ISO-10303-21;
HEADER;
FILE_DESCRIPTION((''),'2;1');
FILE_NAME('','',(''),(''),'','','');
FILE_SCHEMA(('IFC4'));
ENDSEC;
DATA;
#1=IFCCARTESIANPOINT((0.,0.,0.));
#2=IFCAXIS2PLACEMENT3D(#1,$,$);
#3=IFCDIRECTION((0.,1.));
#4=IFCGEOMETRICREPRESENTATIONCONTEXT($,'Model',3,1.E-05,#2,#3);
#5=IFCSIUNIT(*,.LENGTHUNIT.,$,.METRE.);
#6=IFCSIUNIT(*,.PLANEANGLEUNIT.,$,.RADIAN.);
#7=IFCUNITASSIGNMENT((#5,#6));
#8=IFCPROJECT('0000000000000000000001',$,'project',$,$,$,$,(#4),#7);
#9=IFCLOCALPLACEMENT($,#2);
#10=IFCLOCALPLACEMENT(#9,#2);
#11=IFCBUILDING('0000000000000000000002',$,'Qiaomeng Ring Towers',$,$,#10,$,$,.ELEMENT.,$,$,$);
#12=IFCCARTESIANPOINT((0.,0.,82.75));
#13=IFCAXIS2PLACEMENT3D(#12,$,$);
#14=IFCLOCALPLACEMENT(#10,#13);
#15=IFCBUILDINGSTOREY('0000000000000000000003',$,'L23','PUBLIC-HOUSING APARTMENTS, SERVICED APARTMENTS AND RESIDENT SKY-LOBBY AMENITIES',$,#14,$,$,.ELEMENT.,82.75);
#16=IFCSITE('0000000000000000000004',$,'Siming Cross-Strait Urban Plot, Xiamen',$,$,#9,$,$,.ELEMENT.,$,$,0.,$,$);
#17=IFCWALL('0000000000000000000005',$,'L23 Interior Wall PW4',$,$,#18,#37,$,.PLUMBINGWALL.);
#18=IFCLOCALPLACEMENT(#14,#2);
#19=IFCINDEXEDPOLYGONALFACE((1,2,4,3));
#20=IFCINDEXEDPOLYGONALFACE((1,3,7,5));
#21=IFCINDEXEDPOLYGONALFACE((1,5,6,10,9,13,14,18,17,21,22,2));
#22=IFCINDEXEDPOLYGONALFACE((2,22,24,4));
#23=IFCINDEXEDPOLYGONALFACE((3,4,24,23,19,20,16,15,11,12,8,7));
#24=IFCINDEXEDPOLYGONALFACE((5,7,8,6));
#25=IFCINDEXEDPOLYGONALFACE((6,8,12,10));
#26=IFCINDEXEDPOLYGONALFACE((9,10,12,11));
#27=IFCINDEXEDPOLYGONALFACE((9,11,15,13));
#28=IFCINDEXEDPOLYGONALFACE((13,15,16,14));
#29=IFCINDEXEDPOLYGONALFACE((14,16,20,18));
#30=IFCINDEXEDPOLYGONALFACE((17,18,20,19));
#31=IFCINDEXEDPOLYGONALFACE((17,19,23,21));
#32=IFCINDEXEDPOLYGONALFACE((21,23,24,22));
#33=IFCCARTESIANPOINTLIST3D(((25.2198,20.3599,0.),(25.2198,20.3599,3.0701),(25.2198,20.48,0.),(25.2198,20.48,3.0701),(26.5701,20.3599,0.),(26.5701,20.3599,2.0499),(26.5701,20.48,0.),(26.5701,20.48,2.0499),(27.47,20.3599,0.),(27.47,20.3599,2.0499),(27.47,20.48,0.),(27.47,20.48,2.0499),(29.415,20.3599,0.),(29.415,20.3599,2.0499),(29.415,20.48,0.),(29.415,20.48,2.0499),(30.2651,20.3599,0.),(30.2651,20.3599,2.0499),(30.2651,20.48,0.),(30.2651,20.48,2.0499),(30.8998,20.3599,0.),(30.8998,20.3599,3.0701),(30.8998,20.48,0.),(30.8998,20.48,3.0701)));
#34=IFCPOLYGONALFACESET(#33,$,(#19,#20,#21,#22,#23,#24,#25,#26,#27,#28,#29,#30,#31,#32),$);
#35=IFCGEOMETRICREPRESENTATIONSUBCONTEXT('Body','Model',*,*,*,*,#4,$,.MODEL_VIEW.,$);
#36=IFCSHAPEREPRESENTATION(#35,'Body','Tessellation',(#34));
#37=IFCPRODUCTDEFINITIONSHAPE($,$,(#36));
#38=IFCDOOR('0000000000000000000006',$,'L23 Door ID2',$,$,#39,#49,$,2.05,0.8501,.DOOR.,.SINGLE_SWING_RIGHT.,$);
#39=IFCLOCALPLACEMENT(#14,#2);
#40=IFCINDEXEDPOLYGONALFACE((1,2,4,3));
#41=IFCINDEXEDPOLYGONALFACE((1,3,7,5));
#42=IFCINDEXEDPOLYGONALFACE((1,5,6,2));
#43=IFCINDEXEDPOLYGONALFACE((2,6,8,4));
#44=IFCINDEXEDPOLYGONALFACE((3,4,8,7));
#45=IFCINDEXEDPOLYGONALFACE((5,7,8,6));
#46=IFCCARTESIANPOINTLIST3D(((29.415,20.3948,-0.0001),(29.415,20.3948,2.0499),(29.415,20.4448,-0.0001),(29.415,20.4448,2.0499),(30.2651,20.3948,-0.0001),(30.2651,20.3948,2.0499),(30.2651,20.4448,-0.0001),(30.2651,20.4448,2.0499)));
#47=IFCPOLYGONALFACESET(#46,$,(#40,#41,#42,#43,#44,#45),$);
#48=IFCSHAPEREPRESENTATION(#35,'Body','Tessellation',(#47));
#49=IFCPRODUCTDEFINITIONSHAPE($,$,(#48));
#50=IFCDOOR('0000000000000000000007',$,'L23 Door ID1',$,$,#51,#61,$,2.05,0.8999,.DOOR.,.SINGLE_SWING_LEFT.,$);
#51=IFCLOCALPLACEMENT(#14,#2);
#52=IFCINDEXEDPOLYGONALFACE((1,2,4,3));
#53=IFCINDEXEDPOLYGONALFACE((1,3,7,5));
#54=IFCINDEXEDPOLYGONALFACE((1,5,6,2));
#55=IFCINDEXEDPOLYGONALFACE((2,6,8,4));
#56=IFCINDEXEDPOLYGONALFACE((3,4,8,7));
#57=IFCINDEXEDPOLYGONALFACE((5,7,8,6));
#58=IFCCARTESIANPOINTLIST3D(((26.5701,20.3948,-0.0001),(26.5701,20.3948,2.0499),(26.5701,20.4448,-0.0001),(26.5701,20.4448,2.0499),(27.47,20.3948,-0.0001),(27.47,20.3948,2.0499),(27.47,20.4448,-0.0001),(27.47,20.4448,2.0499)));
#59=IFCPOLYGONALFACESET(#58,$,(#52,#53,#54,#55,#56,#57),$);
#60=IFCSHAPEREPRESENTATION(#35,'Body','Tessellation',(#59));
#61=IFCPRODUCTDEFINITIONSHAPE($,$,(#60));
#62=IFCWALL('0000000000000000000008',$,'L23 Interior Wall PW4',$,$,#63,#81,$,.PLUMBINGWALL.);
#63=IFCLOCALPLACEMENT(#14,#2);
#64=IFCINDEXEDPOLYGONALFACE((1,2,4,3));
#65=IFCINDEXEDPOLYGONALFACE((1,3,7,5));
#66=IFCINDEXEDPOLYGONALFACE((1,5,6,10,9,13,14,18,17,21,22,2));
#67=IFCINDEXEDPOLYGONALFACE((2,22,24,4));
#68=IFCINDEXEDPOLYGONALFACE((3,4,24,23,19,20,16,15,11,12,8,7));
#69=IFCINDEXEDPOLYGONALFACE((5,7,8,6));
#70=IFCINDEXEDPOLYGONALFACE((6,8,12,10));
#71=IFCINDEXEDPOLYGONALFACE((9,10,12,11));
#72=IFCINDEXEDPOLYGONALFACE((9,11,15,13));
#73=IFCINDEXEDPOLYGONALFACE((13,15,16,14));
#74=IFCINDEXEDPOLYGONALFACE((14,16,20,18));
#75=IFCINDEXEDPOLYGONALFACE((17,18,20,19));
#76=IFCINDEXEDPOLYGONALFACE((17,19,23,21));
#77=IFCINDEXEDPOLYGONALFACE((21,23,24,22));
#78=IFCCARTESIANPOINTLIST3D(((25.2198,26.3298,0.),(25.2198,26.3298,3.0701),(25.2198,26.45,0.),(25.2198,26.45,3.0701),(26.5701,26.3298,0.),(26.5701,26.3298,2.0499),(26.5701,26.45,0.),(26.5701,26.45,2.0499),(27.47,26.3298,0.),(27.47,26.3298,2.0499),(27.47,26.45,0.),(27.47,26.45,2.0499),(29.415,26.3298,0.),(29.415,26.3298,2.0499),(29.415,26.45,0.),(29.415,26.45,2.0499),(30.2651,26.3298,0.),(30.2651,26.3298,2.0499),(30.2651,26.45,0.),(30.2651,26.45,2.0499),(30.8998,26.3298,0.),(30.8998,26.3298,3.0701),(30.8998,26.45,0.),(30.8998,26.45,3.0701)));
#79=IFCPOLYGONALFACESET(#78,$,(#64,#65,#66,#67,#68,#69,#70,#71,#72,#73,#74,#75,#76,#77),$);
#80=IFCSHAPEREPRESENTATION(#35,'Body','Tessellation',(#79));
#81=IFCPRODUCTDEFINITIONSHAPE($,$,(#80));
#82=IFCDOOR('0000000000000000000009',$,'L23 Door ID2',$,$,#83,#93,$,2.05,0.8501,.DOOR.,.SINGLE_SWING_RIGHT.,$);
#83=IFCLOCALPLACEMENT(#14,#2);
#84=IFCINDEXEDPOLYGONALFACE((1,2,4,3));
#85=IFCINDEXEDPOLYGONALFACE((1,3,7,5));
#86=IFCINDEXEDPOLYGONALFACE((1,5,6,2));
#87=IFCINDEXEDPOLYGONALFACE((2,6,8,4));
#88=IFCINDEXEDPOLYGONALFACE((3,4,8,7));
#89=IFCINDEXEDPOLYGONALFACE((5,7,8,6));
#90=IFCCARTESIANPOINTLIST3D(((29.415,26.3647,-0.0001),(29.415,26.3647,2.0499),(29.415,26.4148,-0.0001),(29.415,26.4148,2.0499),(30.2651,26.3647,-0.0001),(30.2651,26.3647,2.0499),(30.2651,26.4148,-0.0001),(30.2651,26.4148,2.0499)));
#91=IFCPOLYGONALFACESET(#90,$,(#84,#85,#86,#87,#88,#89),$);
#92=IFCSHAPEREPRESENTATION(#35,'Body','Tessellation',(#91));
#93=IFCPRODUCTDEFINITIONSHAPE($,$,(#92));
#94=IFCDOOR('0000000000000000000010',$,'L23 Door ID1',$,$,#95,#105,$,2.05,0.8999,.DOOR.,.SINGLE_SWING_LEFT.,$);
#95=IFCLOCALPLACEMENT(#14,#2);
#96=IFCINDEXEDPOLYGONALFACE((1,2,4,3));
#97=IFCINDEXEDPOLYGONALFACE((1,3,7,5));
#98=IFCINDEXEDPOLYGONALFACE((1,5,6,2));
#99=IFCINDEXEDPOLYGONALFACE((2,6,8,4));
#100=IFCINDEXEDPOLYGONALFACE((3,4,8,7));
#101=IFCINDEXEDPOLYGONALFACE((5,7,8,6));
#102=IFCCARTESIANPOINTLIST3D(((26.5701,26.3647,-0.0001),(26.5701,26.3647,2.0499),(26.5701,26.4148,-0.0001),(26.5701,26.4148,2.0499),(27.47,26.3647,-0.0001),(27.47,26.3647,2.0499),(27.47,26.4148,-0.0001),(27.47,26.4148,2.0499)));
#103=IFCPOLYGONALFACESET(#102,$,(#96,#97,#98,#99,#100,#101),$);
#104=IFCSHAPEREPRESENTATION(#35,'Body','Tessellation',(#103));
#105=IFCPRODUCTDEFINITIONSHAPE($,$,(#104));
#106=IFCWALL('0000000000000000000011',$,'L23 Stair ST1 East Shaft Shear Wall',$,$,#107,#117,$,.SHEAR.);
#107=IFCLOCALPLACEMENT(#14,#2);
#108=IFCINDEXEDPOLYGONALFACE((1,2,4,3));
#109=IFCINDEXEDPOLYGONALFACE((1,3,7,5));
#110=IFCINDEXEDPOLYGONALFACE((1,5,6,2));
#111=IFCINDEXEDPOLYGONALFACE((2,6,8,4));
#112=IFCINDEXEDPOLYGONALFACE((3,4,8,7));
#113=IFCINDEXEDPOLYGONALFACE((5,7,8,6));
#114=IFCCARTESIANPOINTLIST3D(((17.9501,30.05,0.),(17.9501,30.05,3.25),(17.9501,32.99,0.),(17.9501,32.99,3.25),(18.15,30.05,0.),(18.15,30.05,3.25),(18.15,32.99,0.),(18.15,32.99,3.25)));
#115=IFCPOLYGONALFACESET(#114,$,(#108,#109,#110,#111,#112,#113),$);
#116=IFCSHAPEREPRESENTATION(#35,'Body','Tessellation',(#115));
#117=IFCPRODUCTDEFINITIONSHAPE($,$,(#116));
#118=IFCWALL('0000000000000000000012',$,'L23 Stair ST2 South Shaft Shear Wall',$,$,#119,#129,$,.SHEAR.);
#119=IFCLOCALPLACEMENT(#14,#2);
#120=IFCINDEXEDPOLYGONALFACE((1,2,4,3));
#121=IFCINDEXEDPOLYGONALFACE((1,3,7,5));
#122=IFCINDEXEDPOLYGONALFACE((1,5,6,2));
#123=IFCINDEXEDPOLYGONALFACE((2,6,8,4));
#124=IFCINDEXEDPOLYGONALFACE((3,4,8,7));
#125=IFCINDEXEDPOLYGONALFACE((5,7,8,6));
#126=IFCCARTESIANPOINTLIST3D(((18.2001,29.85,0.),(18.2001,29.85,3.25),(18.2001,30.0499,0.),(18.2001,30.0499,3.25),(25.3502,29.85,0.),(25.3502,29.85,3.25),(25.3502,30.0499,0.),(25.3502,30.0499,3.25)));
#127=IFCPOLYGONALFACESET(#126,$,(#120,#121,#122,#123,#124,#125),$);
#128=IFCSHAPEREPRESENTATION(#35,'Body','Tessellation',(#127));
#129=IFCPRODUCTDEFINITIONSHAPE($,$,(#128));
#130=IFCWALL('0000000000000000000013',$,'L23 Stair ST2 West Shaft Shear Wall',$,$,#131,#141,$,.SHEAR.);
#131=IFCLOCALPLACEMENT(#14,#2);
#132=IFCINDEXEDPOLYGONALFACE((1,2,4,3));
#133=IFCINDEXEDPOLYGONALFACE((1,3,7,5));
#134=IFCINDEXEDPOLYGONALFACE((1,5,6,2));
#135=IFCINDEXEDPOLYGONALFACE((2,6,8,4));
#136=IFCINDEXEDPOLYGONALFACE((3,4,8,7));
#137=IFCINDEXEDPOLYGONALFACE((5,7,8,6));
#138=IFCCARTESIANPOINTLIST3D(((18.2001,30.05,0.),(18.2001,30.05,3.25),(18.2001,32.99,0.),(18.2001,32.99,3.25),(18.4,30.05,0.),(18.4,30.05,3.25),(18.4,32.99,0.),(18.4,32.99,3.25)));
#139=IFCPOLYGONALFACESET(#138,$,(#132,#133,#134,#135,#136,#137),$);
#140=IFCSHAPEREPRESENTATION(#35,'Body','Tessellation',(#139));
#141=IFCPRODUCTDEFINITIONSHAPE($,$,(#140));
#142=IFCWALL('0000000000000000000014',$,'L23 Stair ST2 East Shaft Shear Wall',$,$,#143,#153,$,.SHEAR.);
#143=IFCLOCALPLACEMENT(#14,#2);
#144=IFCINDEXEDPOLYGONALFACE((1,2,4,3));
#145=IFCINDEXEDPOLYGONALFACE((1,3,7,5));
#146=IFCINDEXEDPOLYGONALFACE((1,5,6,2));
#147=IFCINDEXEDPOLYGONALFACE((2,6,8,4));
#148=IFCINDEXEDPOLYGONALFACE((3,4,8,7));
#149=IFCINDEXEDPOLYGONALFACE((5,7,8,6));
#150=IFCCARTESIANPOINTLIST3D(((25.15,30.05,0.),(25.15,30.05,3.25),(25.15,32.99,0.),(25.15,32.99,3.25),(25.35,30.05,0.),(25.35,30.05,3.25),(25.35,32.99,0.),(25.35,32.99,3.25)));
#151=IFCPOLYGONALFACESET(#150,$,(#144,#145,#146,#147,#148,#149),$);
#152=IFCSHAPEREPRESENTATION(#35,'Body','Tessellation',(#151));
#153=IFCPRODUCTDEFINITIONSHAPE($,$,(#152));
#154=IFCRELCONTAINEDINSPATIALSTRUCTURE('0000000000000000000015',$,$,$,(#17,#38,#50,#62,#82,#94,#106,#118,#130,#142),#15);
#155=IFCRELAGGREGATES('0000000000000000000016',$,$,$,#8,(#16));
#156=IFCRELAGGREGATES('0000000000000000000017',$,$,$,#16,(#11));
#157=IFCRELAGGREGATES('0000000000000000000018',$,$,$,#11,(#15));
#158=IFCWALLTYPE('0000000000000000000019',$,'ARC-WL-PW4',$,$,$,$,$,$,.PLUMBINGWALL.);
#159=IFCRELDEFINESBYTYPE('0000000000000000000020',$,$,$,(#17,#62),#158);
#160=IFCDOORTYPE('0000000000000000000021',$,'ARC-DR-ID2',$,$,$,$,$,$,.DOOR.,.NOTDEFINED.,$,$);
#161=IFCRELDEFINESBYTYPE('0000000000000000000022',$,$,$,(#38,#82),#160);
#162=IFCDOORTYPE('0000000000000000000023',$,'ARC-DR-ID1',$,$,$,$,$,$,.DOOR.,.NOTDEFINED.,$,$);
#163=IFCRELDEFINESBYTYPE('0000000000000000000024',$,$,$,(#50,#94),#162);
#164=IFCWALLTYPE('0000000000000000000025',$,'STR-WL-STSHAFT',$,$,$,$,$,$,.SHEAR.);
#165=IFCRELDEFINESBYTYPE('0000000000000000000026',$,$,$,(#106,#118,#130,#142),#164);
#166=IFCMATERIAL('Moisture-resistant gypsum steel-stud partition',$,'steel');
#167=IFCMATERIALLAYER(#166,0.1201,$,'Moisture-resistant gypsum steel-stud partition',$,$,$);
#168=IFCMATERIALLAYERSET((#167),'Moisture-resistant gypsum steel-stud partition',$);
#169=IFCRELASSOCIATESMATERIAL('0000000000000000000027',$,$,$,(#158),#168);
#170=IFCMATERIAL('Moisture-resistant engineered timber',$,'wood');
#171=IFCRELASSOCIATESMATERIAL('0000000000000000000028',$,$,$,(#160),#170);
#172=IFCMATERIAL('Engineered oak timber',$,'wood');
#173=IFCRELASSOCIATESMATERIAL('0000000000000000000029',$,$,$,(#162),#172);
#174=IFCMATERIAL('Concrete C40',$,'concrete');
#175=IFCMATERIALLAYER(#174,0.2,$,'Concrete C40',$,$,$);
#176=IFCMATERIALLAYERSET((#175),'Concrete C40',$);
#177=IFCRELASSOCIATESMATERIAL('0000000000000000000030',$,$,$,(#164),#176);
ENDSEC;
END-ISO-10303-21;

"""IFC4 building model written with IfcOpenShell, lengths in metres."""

from ifc_helpers import new_model, si_unit, direction, frame, frame_2d, origin, place, context, subcontext, project, spatial, rectangle, extrude, source, transform, mapped, material, layer, layer_set, type_object, element, fill, save


model = new_model("IFC4")

# Units and contexts
model_context = context("Model", 3, precision=1e-05, world=origin(), true_north=direction((0.0, 1.0)))
body_context = subcontext(model_context, "Body", "Model", "MODEL_VIEW")
ifc_project = project(units=[si_unit("LENGTHUNIT", "METRE"), si_unit("PLANEANGLEUNIT", "RADIAN")], contexts=[model_context])

# Site, building, storey
site_placement = place(None, origin())
site = spatial("IfcSite", under=ifc_project, at=site_placement, Name="Siming Cross-Strait Urban Plot, Xiamen", CompositionType="ELEMENT", RefElevation=0.0)
building_placement = place(site_placement, origin())
building = spatial("IfcBuilding", under=site, at=building_placement, Name="Qiaomeng Ring Towers", CompositionType="ELEMENT")
storey_placement = place(building_placement, frame((0.0, 0.0, 82.75)))
storey = spatial("IfcBuildingStorey", under=building, at=storey_placement, Name="L23", Description="PUBLIC-HOUSING APARTMENTS, SERVICED APARTMENTS AND RESIDENT SKY-LOBBY AMENITIES", CompositionType="ELEMENT", Elevation=82.75)

# Walls, openings, doors
ifc_material_1 = material(Name="Moisture-resistant gypsum steel-stud partition", Category="steel")
ifc_layer_1 = layer(ifc_material_1, 0.1201, Name="Moisture-resistant gypsum steel-stud partition")
ifc_layer_set_1 = layer_set([ifc_layer_1], Name="Moisture-resistant gypsum steel-stud partition")
wall_type_1 = type_object("IfcWallType", Name="ARC-WL-PW4", PredefinedType="PLUMBINGWALL", material=ifc_layer_set_1)
wall_1_placement = place(storey_placement, frame((25.22, 20.4199, 0.0), z_axis=(0.0, 0.0, 1.0), x_axis=(1.0, 0.0, 0.0)))
wall_1 = element("IfcWall", 1, at=wall_1_placement, inside=storey, type_object=wall_type_1, Name="L23 Interior Wall PW4", PredefinedType="PLUMBINGWALL", context=body_context, shape_type="SweptSolid", body=[
    extrude(rectangle(XDim=5.6799, YDim=0.1201, at=frame_2d((2.8398, 0.0))), origin(), (0.0, 0.0, 1.0), 3.0701),
])
opening_1_placement = place(wall_1_placement, frame((1.3501, 0.0, 0.0)))
opening_1 = element("IfcOpeningElement", 2, at=opening_1_placement, cuts=wall_1, PredefinedType="OPENING", context=body_context, shape_type="SweptSolid", body=[
    extrude(rectangle(XDim=0.8999, YDim=2.05, at=frame_2d((0.45, 1.0249))), frame((0.0, 0.0701, 0.0), z_axis=(0.0, -1.0, 0.0), x_axis=(1.0, 0.0, 0.0)), (0.0, 0.0, 1.0), 0.1401),
])
opening_2_placement = place(wall_1_placement, frame((4.1951, 0.0, 0.0)))
opening_2 = element("IfcOpeningElement", 3, at=opening_2_placement, cuts=wall_1, PredefinedType="OPENING", context=body_context, shape_type="SweptSolid", body=[
    extrude(rectangle(XDim=0.8501, YDim=2.05, at=frame_2d((0.425, 1.0249))), frame((0.0, 0.0701, 0.0), z_axis=(0.0, -1.0, 0.0), x_axis=(1.0, 0.0, 0.0)), (0.0, 0.0, 1.0), 0.1401),
])
ifc_material_2 = material(Name="Moisture-resistant engineered timber", Category="wood")
door_type_1 = type_object("IfcDoorType", Name="ARC-DR-ID2", OperationType="NOTDEFINED", PredefinedType="DOOR", material=ifc_material_2)
shared_shape_1 = source(origin(), body_context, "Body", "SweptSolid", [
    extrude(rectangle(XDim=0.8501, YDim=2.05, at=frame_2d((0.425, 1.0249))), frame((0.0, 0.0249, 0.0), z_axis=(0.0, -1.0, 0.0), x_axis=(1.0, 0.0, 0.0)), (0.0, 0.0, 1.0), 0.05),
])
door_1_placement = place(opening_2_placement, origin())
door_1 = element("IfcDoor", 4, at=door_1_placement, inside=storey, type_object=door_type_1, Name="L23 Door ID2", OperationType="SINGLE_SWING_RIGHT", OverallHeight=2.05, OverallWidth=0.8501, PredefinedType="DOOR", context=body_context, shape_type="MappedRepresentation", body=[
    mapped(shared_shape_1, transform((0.0, 0.0, 0.0), x_axis=(1.0, 0.0, 0.0), y_axis=(0.0, 1.0, 0.0), z_axis=(0.0, 0.0, 1.0), scale=1.0)),
])
fill(opening_2, door_1)
ifc_material_3 = material(Name="Engineered oak timber", Category="wood")
door_type_2 = type_object("IfcDoorType", Name="ARC-DR-ID1", OperationType="NOTDEFINED", PredefinedType="DOOR", material=ifc_material_3)
shared_shape_2 = source(origin(), body_context, "Body", "SweptSolid", [
    extrude(rectangle(XDim=0.8999, YDim=2.05, at=frame_2d((0.45, 1.0249))), frame((0.0, 0.0249, 0.0), z_axis=(0.0, -1.0, 0.0), x_axis=(1.0, 0.0, 0.0)), (0.0, 0.0, 1.0), 0.05),
])
door_2_placement = place(opening_1_placement, origin())
door_2 = element("IfcDoor", 5, at=door_2_placement, inside=storey, type_object=door_type_2, Name="L23 Door ID1", OperationType="SINGLE_SWING_LEFT", OverallHeight=2.05, OverallWidth=0.8999, PredefinedType="DOOR", context=body_context, shape_type="MappedRepresentation", body=[
    mapped(shared_shape_2, transform((0.0, 0.0, 0.0), x_axis=(1.0, 0.0, 0.0), y_axis=(0.0, 1.0, 0.0), z_axis=(0.0, 0.0, 1.0), scale=1.0)),
])
fill(opening_1, door_2)
wall_2_placement = place(storey_placement, frame((25.22, 26.3899, 0.0), z_axis=(0.0, 0.0, 1.0), x_axis=(1.0, 0.0, 0.0)))
wall_2 = element("IfcWall", 6, at=wall_2_placement, inside=storey, type_object=wall_type_1, Name="L23 Interior Wall PW4", PredefinedType="PLUMBINGWALL", context=body_context, shape_type="SweptSolid", body=[
    extrude(rectangle(XDim=5.6799, YDim=0.1201, at=frame_2d((2.8398, 0.0))), origin(), (0.0, 0.0, 1.0), 3.0701),
])
opening_3_placement = place(wall_2_placement, frame((1.3501, 0.0, 0.0)))
opening_3 = element("IfcOpeningElement", 7, at=opening_3_placement, cuts=wall_2, PredefinedType="OPENING", context=body_context, shape_type="SweptSolid", body=[
    extrude(rectangle(XDim=0.8999, YDim=2.05, at=frame_2d((0.45, 1.0249))), frame((0.0, 0.0701, 0.0), z_axis=(0.0, -1.0, 0.0), x_axis=(1.0, 0.0, 0.0)), (0.0, 0.0, 1.0), 0.1401),
])
opening_4_placement = place(wall_2_placement, frame((4.1951, 0.0, 0.0)))
opening_4 = element("IfcOpeningElement", 8, at=opening_4_placement, cuts=wall_2, PredefinedType="OPENING", context=body_context, shape_type="SweptSolid", body=[
    extrude(rectangle(XDim=0.8501, YDim=2.05, at=frame_2d((0.425, 1.0249))), frame((0.0, 0.0701, 0.0), z_axis=(0.0, -1.0, 0.0), x_axis=(1.0, 0.0, 0.0)), (0.0, 0.0, 1.0), 0.1401),
])
door_3_placement = place(opening_4_placement, origin())
door_3 = element("IfcDoor", 9, at=door_3_placement, inside=storey, type_object=door_type_1, Name="L23 Door ID2", OperationType="SINGLE_SWING_RIGHT", OverallHeight=2.05, OverallWidth=0.8501, PredefinedType="DOOR", context=body_context, shape_type="MappedRepresentation", body=[
    mapped(shared_shape_1, transform((0.0, 0.0, 0.0), x_axis=(1.0, 0.0, 0.0), y_axis=(0.0, 1.0, 0.0), z_axis=(0.0, 0.0, 1.0), scale=1.0)),
])
fill(opening_4, door_3)
door_4_placement = place(opening_3_placement, origin())
door_4 = element("IfcDoor", 10, at=door_4_placement, inside=storey, type_object=door_type_2, Name="L23 Door ID1", OperationType="SINGLE_SWING_LEFT", OverallHeight=2.05, OverallWidth=0.8999, PredefinedType="DOOR", context=body_context, shape_type="MappedRepresentation", body=[
    mapped(shared_shape_2, transform((0.0, 0.0, 0.0), x_axis=(1.0, 0.0, 0.0), y_axis=(0.0, 1.0, 0.0), z_axis=(0.0, 0.0, 1.0), scale=1.0)),
])
fill(opening_3, door_4)

# Walls
ifc_material_4 = material(Name="Concrete C40", Category="concrete")
ifc_layer_2 = layer(ifc_material_4, 0.2, Name="Concrete C40")
ifc_layer_set_2 = layer_set([ifc_layer_2], Name="Concrete C40")
wall_type_2 = type_object("IfcWallType", Name="STR-WL-STSHAFT", PredefinedType="SHEAR", material=ifc_layer_set_2)
wall_3_placement = place(storey_placement, frame((18.05, 30.05, 0.0), z_axis=(0.0, 0.0, 1.0), x_axis=(0.0, 1.0, 0.0)))
element("IfcWall", 11, at=wall_3_placement, inside=storey, type_object=wall_type_2, Name="L23 Stair ST1 East Shaft Shear Wall", PredefinedType="SHEAR", context=body_context, shape_type="SweptSolid", body=[
    extrude(rectangle(XDim=2.9399, YDim=0.2, at=frame_2d((1.47, 0.0))), origin(), (0.0, 0.0, 1.0), 3.25),
])
wall_4_placement = place(storey_placement, frame((18.2, 29.95, 0.0), z_axis=(0.0, 0.0, 1.0), x_axis=(1.0, 0.0, 0.0)))
element("IfcWall", 12, at=wall_4_placement, inside=storey, type_object=wall_type_2, Name="L23 Stair ST2 South Shaft Shear Wall", PredefinedType="SHEAR", context=body_context, shape_type="SweptSolid", body=[
    extrude(rectangle(XDim=7.1501, YDim=0.2, at=frame_2d((3.5752, 0.0))), origin(), (0.0, 0.0, 1.0), 3.25),
])
for number, where, z_axis, x_axis, name in (
    (13, (18.3, 30.05, 0.0), (0.0, 0.0, 1.0), (0.0, 1.0, 0.0), "L23 Stair ST2 West Shaft Shear Wall"),
    (14, (25.25, 30.05, 0.0), (0.0, 0.0, 1.0), (0.0, 1.0, 0.0), "L23 Stair ST2 East Shaft Shear Wall"),
):
    element("IfcWall", number, at=place(storey_placement, frame(where, z_axis=z_axis, x_axis=x_axis)), inside=storey, type_object=wall_type_2, Name=name, PredefinedType="SHEAR", context=body_context, shape_type="SweptSolid", body=[
        extrude(rectangle(XDim=2.9399, YDim=0.2, at=frame_2d((1.47, 0.0))), origin(), (0.0, 0.0, 1.0), 3.25),
    ])

save(model, "model.ifc")
